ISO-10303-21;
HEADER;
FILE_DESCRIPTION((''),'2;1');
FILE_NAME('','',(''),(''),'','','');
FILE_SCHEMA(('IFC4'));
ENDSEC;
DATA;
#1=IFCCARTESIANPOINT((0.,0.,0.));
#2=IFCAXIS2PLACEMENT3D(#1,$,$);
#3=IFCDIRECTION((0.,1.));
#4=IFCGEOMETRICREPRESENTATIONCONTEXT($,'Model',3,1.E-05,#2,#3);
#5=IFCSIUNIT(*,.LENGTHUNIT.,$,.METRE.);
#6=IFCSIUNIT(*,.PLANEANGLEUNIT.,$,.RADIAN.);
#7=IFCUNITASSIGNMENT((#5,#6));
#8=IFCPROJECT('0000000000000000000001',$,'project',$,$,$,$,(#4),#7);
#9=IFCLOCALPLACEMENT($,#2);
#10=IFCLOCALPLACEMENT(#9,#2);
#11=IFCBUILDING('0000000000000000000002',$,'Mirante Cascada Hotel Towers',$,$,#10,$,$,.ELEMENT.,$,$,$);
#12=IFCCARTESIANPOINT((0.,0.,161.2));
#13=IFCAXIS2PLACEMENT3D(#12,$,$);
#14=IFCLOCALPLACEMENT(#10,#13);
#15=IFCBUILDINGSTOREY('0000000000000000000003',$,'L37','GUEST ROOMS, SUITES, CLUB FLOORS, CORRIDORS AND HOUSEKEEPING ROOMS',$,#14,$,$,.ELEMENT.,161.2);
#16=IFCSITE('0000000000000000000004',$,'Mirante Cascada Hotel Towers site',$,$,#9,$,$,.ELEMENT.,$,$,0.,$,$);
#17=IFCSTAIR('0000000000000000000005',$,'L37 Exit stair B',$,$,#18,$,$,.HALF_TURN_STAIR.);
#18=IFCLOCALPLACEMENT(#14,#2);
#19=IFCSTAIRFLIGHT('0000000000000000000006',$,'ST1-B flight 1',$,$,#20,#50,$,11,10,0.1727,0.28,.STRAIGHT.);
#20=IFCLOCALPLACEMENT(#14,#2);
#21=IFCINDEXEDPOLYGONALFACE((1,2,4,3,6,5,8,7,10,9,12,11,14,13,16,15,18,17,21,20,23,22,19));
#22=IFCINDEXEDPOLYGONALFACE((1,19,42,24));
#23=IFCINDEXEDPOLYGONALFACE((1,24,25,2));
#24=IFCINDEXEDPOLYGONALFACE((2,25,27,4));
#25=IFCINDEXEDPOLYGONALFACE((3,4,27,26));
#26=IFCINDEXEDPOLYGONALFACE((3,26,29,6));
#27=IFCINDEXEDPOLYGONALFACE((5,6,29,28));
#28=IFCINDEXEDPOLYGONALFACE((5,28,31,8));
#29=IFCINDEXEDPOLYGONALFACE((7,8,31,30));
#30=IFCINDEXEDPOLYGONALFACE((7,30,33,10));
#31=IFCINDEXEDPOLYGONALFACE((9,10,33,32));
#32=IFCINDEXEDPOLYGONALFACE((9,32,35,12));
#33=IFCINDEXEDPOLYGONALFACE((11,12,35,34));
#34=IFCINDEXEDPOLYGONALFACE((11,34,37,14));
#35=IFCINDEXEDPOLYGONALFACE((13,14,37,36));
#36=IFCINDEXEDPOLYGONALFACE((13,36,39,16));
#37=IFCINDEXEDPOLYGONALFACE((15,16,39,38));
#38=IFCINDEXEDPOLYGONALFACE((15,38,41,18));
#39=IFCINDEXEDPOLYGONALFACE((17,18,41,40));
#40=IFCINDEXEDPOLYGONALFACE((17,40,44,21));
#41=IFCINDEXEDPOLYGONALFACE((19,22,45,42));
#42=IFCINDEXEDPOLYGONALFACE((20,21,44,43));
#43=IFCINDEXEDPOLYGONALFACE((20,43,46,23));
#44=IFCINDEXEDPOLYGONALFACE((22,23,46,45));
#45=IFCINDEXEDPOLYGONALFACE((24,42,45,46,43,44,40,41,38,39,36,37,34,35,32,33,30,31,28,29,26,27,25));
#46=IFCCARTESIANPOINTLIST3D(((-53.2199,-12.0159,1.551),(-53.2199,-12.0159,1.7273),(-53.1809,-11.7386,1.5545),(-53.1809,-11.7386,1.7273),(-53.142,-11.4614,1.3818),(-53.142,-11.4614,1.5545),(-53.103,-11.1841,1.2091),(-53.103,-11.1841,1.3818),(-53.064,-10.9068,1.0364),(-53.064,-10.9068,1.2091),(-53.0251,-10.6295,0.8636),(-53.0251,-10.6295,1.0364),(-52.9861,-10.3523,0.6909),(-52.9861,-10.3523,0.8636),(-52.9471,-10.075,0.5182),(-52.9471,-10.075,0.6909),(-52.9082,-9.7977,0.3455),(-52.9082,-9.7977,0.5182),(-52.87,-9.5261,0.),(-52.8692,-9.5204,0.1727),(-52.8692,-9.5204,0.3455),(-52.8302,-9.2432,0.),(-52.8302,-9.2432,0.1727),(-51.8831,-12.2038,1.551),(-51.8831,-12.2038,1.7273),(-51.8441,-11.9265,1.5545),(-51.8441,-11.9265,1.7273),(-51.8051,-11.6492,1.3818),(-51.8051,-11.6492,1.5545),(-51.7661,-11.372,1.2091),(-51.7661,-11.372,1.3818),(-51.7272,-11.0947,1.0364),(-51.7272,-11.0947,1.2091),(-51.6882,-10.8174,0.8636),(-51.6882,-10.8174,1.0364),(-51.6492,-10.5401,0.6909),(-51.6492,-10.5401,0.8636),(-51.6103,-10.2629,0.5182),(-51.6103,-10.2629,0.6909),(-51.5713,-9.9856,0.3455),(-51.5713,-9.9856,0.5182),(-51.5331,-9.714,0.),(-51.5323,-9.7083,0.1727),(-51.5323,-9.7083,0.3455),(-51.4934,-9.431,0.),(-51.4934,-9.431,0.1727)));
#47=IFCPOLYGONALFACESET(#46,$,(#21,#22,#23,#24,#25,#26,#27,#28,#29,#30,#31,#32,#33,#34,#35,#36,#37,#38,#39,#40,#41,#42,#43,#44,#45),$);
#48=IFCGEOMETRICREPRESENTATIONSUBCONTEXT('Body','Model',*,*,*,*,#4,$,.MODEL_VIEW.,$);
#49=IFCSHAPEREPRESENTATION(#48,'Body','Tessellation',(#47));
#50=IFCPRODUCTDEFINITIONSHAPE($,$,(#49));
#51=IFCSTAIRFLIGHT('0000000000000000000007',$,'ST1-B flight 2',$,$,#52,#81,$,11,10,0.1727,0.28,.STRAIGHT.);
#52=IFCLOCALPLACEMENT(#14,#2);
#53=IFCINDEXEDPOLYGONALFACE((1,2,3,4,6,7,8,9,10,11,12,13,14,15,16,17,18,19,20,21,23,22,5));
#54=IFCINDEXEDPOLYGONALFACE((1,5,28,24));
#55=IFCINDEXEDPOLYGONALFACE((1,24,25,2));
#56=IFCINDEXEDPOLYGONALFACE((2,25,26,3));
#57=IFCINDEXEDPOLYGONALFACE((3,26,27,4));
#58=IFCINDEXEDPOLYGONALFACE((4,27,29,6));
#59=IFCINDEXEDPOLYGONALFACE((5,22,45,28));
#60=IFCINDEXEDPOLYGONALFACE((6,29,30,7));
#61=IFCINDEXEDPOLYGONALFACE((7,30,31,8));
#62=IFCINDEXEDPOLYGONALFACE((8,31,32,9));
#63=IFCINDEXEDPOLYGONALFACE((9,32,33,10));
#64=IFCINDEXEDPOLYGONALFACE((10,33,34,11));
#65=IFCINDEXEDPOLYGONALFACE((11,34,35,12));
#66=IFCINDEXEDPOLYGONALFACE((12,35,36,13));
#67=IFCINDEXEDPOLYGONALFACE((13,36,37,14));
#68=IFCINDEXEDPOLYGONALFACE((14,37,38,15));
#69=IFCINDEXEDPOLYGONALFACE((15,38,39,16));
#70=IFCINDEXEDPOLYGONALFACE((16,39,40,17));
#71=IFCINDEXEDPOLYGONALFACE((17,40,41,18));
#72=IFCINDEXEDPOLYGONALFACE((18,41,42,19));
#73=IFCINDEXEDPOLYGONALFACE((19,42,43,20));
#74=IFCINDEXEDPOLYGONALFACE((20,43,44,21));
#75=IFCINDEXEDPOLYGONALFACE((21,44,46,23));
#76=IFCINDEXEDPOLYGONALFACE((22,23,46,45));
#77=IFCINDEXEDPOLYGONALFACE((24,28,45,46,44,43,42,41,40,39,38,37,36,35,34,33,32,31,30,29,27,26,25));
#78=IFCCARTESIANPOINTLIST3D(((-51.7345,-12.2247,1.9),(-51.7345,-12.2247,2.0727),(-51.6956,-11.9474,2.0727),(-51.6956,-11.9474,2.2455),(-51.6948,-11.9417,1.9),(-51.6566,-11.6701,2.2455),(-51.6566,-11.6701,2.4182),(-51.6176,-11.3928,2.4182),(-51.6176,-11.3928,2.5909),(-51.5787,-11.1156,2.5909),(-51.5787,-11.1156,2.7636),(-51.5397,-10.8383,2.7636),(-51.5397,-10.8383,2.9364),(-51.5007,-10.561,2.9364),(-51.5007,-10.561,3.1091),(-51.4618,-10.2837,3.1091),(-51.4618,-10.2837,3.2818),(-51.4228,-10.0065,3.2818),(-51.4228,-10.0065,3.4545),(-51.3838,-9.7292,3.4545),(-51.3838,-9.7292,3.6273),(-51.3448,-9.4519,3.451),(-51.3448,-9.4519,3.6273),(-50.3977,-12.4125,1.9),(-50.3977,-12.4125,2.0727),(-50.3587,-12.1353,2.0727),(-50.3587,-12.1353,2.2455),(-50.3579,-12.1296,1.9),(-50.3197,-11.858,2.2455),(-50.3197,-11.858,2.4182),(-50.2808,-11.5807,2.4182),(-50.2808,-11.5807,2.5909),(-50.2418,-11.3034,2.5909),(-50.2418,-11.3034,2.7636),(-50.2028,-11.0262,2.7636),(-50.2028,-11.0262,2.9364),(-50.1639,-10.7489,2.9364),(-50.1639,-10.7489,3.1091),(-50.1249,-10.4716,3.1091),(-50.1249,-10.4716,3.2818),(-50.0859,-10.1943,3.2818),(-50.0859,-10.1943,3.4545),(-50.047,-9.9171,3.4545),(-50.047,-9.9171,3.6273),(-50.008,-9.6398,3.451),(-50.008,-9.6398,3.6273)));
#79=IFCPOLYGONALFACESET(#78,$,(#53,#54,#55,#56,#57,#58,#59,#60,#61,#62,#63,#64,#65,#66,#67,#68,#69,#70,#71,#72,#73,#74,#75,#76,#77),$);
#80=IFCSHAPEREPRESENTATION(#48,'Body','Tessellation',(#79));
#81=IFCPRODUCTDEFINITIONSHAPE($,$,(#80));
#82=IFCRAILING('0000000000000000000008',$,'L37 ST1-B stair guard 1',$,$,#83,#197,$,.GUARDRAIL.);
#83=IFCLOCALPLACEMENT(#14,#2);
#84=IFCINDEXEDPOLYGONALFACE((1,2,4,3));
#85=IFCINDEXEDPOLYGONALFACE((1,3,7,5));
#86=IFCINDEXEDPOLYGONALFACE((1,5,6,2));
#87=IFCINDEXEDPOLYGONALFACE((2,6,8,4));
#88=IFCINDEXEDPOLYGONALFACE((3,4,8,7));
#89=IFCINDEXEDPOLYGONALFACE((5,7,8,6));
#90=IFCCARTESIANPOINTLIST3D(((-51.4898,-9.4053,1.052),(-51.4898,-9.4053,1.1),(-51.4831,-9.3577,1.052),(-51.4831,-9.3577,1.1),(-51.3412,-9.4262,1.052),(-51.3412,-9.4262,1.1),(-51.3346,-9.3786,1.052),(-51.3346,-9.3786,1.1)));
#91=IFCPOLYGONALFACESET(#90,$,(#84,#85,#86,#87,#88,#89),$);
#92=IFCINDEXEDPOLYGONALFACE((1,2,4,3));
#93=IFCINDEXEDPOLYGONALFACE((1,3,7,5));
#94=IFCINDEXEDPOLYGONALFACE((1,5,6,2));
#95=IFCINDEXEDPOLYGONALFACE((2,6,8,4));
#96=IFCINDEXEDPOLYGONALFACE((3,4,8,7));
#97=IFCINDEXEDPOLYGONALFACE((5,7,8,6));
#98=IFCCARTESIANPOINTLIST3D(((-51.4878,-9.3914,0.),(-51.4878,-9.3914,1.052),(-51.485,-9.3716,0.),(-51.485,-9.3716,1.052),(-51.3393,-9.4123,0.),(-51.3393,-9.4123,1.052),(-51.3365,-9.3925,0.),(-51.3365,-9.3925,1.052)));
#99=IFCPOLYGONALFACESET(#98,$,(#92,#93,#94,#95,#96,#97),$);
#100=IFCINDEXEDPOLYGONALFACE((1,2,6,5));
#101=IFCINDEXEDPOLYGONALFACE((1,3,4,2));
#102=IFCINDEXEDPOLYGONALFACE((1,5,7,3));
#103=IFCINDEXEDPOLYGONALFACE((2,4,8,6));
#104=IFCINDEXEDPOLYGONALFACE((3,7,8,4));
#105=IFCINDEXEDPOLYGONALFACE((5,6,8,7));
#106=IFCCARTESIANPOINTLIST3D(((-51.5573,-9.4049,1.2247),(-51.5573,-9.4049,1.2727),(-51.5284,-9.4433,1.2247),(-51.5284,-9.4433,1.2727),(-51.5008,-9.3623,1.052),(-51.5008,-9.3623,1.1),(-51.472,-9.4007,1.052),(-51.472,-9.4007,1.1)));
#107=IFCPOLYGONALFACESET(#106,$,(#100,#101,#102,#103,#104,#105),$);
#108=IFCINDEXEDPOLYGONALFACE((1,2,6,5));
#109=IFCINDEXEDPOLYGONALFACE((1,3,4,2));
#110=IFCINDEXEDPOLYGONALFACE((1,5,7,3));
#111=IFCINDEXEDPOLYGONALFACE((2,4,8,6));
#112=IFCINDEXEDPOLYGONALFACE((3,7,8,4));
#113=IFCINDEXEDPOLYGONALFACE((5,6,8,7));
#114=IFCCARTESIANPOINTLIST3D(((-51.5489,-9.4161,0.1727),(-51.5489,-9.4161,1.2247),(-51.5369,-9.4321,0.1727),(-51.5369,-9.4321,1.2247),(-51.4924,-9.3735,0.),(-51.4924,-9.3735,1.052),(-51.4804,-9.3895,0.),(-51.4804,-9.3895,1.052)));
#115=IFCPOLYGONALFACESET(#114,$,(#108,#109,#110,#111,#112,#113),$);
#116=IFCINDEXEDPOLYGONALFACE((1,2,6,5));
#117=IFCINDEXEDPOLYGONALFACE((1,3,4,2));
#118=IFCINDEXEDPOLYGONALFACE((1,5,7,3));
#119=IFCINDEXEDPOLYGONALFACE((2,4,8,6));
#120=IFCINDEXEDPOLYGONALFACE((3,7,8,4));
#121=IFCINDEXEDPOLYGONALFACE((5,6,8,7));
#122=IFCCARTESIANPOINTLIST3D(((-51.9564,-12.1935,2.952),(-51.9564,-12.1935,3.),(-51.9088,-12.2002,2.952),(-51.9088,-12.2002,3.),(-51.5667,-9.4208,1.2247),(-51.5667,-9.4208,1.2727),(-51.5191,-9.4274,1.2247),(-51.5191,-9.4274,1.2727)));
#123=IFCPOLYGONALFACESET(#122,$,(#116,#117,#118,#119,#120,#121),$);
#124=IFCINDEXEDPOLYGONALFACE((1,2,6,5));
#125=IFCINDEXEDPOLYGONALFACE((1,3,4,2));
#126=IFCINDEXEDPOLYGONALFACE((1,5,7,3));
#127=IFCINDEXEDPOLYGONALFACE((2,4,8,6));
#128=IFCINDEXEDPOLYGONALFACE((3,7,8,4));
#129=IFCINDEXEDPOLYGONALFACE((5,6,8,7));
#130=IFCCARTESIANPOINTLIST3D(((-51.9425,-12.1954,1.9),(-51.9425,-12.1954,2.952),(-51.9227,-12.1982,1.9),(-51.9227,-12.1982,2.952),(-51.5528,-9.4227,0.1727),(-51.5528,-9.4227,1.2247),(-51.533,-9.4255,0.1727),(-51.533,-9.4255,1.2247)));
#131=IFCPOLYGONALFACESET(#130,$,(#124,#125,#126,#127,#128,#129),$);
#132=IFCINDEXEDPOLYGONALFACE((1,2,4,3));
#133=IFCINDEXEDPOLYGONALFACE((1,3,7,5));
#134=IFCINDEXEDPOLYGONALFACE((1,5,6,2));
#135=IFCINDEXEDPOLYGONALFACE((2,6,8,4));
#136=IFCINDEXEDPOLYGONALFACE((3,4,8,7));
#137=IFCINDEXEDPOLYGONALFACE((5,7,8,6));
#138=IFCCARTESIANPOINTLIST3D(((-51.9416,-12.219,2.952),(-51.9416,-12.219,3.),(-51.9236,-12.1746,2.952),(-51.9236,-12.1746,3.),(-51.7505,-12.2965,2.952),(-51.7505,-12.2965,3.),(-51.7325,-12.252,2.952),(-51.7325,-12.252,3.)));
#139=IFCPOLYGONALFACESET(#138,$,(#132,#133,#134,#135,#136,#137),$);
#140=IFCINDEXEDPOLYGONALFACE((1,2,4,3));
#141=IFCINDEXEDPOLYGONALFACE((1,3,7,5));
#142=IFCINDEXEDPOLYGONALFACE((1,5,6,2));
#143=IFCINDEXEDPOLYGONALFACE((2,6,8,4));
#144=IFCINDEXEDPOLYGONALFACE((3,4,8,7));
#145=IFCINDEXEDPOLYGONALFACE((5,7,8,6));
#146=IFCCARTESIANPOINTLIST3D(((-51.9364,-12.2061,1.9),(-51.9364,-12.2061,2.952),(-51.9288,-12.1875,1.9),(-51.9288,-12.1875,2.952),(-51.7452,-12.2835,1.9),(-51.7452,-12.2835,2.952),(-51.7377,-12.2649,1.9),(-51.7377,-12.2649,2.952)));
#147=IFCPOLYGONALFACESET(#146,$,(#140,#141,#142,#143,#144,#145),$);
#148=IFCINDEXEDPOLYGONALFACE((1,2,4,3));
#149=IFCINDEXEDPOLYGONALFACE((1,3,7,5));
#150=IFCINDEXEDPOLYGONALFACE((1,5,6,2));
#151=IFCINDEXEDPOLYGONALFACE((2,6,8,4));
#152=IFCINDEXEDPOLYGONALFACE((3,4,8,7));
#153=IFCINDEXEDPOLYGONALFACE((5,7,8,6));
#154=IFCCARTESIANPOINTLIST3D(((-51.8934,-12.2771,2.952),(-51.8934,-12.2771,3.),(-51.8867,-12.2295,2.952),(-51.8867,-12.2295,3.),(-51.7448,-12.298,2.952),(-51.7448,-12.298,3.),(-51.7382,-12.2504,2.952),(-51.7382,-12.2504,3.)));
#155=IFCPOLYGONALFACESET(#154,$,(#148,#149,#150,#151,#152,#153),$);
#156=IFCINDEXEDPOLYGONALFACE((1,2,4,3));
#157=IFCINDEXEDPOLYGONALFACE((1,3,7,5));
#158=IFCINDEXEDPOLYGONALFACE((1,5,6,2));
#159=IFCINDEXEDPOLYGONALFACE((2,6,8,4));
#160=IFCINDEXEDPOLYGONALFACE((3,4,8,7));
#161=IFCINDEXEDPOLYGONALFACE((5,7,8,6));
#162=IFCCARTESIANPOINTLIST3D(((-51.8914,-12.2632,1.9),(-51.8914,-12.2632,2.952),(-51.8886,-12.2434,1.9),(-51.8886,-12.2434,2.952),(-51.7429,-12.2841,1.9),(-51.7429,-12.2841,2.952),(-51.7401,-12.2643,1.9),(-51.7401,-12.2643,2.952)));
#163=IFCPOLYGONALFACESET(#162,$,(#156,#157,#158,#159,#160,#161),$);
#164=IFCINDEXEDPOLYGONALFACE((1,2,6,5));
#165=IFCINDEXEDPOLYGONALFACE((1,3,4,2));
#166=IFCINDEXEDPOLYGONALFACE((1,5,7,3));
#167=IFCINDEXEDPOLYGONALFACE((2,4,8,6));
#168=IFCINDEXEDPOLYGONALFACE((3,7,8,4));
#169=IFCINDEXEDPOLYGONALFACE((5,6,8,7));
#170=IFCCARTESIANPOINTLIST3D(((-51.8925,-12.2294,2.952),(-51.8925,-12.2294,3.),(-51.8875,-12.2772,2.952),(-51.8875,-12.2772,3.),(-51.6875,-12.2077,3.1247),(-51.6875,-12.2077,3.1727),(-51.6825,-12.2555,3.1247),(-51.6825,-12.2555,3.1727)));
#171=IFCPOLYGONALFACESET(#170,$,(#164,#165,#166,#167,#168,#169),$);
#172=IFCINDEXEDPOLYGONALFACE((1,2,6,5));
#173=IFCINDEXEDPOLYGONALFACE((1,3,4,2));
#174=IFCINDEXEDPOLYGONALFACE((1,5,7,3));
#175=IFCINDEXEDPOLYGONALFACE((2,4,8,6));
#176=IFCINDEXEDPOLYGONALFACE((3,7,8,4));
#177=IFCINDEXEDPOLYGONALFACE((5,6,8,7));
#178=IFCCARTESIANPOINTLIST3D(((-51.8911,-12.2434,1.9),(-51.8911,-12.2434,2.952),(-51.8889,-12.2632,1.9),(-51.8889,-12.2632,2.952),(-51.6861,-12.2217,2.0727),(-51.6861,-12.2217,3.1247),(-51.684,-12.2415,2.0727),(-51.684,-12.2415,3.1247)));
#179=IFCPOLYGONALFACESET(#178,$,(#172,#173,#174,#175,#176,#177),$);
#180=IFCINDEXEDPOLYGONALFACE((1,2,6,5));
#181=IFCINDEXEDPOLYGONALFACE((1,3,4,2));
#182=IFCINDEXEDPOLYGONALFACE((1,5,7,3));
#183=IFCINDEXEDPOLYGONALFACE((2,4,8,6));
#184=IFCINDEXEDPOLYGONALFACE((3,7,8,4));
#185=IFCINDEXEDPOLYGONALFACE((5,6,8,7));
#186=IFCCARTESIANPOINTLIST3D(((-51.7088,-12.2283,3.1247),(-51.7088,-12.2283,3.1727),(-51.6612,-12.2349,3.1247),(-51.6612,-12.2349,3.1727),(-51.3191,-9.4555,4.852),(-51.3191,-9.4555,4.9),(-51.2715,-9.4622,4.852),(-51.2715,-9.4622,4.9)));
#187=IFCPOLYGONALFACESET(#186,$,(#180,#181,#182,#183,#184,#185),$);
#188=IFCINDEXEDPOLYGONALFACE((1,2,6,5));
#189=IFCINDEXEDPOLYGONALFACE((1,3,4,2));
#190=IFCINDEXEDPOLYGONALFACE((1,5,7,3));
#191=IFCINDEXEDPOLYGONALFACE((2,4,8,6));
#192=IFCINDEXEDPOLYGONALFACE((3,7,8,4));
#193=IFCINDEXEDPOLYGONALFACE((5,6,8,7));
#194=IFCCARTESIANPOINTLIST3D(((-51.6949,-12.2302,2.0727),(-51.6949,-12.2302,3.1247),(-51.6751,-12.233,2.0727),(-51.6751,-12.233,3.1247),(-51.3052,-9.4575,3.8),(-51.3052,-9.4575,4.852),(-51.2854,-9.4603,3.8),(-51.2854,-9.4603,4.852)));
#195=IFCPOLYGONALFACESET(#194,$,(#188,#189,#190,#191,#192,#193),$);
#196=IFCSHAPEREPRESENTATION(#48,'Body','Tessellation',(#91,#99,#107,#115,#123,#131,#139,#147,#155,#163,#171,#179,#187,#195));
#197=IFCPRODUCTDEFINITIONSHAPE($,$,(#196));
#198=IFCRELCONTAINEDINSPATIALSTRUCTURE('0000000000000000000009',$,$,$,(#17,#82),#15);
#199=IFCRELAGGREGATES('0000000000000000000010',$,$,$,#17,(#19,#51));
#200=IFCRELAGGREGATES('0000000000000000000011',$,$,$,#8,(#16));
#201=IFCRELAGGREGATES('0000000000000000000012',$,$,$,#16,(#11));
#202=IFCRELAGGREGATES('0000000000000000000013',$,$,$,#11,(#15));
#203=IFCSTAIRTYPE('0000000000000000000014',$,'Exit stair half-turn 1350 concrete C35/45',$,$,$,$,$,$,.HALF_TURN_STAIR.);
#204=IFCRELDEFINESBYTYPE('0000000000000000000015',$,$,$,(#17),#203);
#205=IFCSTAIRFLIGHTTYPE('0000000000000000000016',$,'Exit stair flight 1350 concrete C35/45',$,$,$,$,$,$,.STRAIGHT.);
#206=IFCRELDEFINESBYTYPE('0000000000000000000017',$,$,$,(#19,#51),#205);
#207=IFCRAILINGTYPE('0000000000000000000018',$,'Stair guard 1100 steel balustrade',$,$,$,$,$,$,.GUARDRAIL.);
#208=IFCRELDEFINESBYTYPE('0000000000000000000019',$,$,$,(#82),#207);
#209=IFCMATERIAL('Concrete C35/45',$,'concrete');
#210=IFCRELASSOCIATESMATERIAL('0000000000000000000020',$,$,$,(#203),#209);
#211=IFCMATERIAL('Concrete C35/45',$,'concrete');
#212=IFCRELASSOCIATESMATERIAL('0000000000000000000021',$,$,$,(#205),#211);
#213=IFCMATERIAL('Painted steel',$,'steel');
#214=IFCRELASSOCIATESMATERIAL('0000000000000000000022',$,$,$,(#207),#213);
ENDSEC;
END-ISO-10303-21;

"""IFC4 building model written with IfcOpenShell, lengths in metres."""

from ifc_helpers import new_model, si_unit, direction, frame, origin, origin_2d, place, context, subcontext, project, spatial, polyline, rectangle, outline, extrude, material, type_object, element, aggregate, save


model = new_model("IFC4")

# Units and contexts
model_context = context("Model", 3, precision=1e-05, world=origin(), true_north=direction((0.0, 1.0)))
body_context = subcontext(model_context, "Body", "Model", "MODEL_VIEW")
ifc_project = project(units=[si_unit("LENGTHUNIT", "METRE"), si_unit("PLANEANGLEUNIT", "RADIAN")], contexts=[model_context])

# Site, building, storey
site_placement = place(None, origin())
site = spatial("IfcSite", under=ifc_project, at=site_placement, Name="Mirante Cascada Hotel Towers site", CompositionType="ELEMENT", RefElevation=0.0)
building_placement = place(site_placement, origin())
building = spatial("IfcBuilding", under=site, at=building_placement, Name="Mirante Cascada Hotel Towers", CompositionType="ELEMENT")
storey_placement = place(building_placement, frame((0.0, 0.0, 161.2)))
storey = spatial("IfcBuildingStorey", under=building, at=storey_placement, Name="L37", Description="GUEST ROOMS, SUITES, CLUB FLOORS, CORRIDORS AND HOUSEKEEPING ROOMS", CompositionType="ELEMENT", Elevation=161.2)

# Stair, stair flights
ifc_material_1 = material(Name="Concrete C35/45", Category="concrete")
stair_type = type_object("IfcStairType", Name="Exit stair half-turn 1350 concrete C35/45", PredefinedType="HALF_TURN_STAIR", material=ifc_material_1)
stair_placement = place(storey_placement, origin())
stair = element("IfcStair", 1, at=stair_placement, inside=storey, type_object=stair_type, Name="L37 Exit stair B", PredefinedType="HALF_TURN_STAIR")
ifc_material_2 = material(Name="Concrete C35/45", Category="concrete")
stair_flight_type = type_object("IfcStairFlightType", Name="Exit stair flight 1350 concrete C35/45", PredefinedType="STRAIGHT", material=ifc_material_2)
stair_flight_1_placement = place(storey_placement, frame((-52.1618, -9.3371, 0.0), z_axis=(0.0, 0.0, 1.0), x_axis=(-0.139173, -0.990268, 0.0)))
stair_flight_1 = element("IfcStairFlight", 2, at=stair_flight_1_placement, type_object=stair_flight_type, Name="ST1-B flight 1", NumberOfRisers=11, NumberOfTreads=10, PredefinedType="STRAIGHT", RiserHeight=0.1727, TreadLength=0.28, context=body_context, shape_type="SweptSolid", body=[
    extrude(outline(polyline([(0.0, 0.0), (0.0, 0.1727), (0.28, 0.1727), (0.28, 0.3455), (0.56, 0.3455), (0.56, 0.5182), (0.84, 0.5182), (0.84, 0.6909), (1.12, 0.6909), (1.12, 0.8636), (1.4, 0.8636), (1.4, 1.0364), (1.68, 1.0364), (1.68, 1.2091), (1.96, 1.2091), (1.96, 1.3818), (2.24, 1.3818), (2.24, 1.5545), (2.52, 1.5545), (2.52, 1.7273), (2.8, 1.7273), (2.8, 1.9), (2.8, 1.551), (0.2857, 0.0), (0.0, 0.0)])), frame((0.0, 0.675, 0.0), z_axis=(0.0, -1.0, 0.0), x_axis=(1.0, 0.0, 0.0)), (0.0, 0.0, 1.0), 1.35),
])
stair_flight_2_placement = place(storey_placement, frame((-51.0661, -12.3186, 1.9), z_axis=(0.0, 0.0, 1.0), x_axis=(0.139173, 0.990268, 0.0)))
stair_flight_2 = element("IfcStairFlight", 3, at=stair_flight_2_placement, type_object=stair_flight_type, Name="ST1-B flight 2", NumberOfRisers=11, NumberOfTreads=10, PredefinedType="STRAIGHT", RiserHeight=0.1727, TreadLength=0.28, context=body_context, shape_type="SweptSolid", body=[
    extrude(outline(polyline([(0.0, 0.0), (0.0, 0.1727), (0.28, 0.1727), (0.28, 0.3455), (0.56, 0.3455), (0.56, 0.5182), (0.84, 0.5182), (0.84, 0.6909), (1.12, 0.6909), (1.12, 0.8636), (1.4, 0.8636), (1.4, 1.0364), (1.68, 1.0364), (1.68, 1.2091), (1.96, 1.2091), (1.96, 1.3818), (2.24, 1.3818), (2.24, 1.5545), (2.52, 1.5545), (2.52, 1.7273), (2.8, 1.7273), (2.8, 1.9), (2.8, 1.551), (0.2857, 0.0), (0.0, 0.0)])), frame((0.0, 0.675, 0.0), z_axis=(0.0, -1.0, 0.0), x_axis=(1.0, 0.0, 0.0)), (0.0, 0.0, 1.0), 1.35),
])
aggregate(stair, [stair_flight_1, stair_flight_2])

# Railing
ifc_material_3 = material(Name="Painted steel", Category="steel")
railing_type = type_object("IfcRailingType", Name="Stair guard 1100 steel balustrade", PredefinedType="GUARDRAIL", material=ifc_material_3)
railing_placement = place(storey_placement, frame((-51.3379, -9.4024, 0.0)))
element("IfcRailing", 4, at=railing_placement, inside=storey, type_object=railing_type, Name="L37 ST1-B stair guard 1", PredefinedType="GUARDRAIL", context=body_context, shape_type="SweptSolid", body=[
    extrude(rectangle(XDim=0.048, YDim=0.048, at=origin_2d()), frame((0.0, 0.0, 1.076), z_axis=(-0.990241, 0.139367, 0.0), x_axis=(-0.139367, -0.990241, 0.0)), (0.0, 0.0, 1.0), 0.15),
    extrude(rectangle(XDim=0.02, YDim=1.052, at=origin_2d()), frame((0.0, 0.0, 0.526), z_axis=(-0.990241, 0.139367, 0.0), x_axis=(-0.139367, -0.990241, 0.0)), (0.0, 0.0, 1.0), 0.15),
    extrude(rectangle(XDim=0.048, YDim=0.048, at=origin_2d()), frame((-0.1485, 0.0209, 1.076), z_axis=(-0.798471, -0.602033, 0.0), x_axis=(0.602033, -0.798471, 0.0)), (0.0, 0.92534, 0.379139), 0.1866),
    extrude(rectangle(XDim=0.02, YDim=1.052, at=origin_2d()), frame((-0.1485, 0.0209, 0.526), z_axis=(-0.798471, -0.602033, 0.0), x_axis=(0.602033, -0.798471, 0.0)), (0.0, 0.92534, 0.379139), 0.1866),
    extrude(rectangle(XDim=0.048, YDim=0.048, at=origin_2d()), frame((-0.205, -0.0217, 1.2487), z_axis=(-0.139181, -0.990267, 0.0), x_axis=(0.990267, -0.139181, 0.0)), (0.0, 0.525035, 0.851081), 3.2899),
    extrude(rectangle(XDim=0.02, YDim=1.052, at=origin_2d()), frame((-0.205, -0.0217, 0.6987), z_axis=(-0.139181, -0.990267, 0.0), x_axis=(0.990267, -0.139181, 0.0)), (0.0, 0.525035, 0.851081), 3.2899),
    extrude(rectangle(XDim=0.048, YDim=0.048, at=origin_2d()), frame((-0.5947, -2.7944, 2.976), z_axis=(0.926862, -0.375401, 0.0), x_axis=(0.375401, 0.926862, 0.0)), (0.0, 0.0, 1.0), 0.2062),
    extrude(rectangle(XDim=0.02, YDim=1.052, at=origin_2d()), frame((-0.5947, -2.7944, 2.426), z_axis=(0.926862, -0.375401, 0.0), x_axis=(0.375401, 0.926862, 0.0)), (0.0, 0.0, 1.0), 0.2062),
    extrude(rectangle(XDim=0.048, YDim=0.048, at=origin_2d()), frame((-0.4036, -2.8718, 2.976), z_axis=(-0.990241, 0.139367, 0.0), x_axis=(-0.139367, -0.990241, 0.0)), (0.0, 0.0, 1.0), 0.15),
    extrude(rectangle(XDim=0.02, YDim=1.052, at=origin_2d()), frame((-0.4036, -2.8718, 2.426), z_axis=(-0.990241, 0.139367, 0.0), x_axis=(-0.139367, -0.990241, 0.0)), (0.0, 0.0, 1.0), 0.15),
    extrude(rectangle(XDim=0.048, YDim=0.048, at=origin_2d()), frame((-0.5521, -2.8509, 2.976), z_axis=(0.994444, 0.105266, 0.0), x_axis=(-0.105266, 0.994444, 0.0)), (0.0, 0.642184, 0.76655), 0.2689),
    extrude(rectangle(XDim=0.02, YDim=1.052, at=origin_2d()), frame((-0.5521, -2.8509, 2.426), z_axis=(0.994444, 0.105266, 0.0), x_axis=(-0.105266, 0.994444, 0.0)), (0.0, 0.642184, 0.76655), 0.2689),
    extrude(rectangle(XDim=0.048, YDim=0.048, at=origin_2d()), frame((-0.3471, -2.8292, 3.1487), z_axis=(0.139181, 0.990267, 0.0), x_axis=(-0.990267, 0.139181, 0.0)), (0.0, 0.525035, 0.851081), 3.2899),
    extrude(rectangle(XDim=0.02, YDim=1.052, at=origin_2d()), frame((-0.3471, -2.8292, 2.5987), z_axis=(0.139181, 0.990267, 0.0), x_axis=(-0.990267, 0.139181, 0.0)), (0.0, 0.525035, 0.851081), 3.2899),
])

save(model, "model.ifc")
